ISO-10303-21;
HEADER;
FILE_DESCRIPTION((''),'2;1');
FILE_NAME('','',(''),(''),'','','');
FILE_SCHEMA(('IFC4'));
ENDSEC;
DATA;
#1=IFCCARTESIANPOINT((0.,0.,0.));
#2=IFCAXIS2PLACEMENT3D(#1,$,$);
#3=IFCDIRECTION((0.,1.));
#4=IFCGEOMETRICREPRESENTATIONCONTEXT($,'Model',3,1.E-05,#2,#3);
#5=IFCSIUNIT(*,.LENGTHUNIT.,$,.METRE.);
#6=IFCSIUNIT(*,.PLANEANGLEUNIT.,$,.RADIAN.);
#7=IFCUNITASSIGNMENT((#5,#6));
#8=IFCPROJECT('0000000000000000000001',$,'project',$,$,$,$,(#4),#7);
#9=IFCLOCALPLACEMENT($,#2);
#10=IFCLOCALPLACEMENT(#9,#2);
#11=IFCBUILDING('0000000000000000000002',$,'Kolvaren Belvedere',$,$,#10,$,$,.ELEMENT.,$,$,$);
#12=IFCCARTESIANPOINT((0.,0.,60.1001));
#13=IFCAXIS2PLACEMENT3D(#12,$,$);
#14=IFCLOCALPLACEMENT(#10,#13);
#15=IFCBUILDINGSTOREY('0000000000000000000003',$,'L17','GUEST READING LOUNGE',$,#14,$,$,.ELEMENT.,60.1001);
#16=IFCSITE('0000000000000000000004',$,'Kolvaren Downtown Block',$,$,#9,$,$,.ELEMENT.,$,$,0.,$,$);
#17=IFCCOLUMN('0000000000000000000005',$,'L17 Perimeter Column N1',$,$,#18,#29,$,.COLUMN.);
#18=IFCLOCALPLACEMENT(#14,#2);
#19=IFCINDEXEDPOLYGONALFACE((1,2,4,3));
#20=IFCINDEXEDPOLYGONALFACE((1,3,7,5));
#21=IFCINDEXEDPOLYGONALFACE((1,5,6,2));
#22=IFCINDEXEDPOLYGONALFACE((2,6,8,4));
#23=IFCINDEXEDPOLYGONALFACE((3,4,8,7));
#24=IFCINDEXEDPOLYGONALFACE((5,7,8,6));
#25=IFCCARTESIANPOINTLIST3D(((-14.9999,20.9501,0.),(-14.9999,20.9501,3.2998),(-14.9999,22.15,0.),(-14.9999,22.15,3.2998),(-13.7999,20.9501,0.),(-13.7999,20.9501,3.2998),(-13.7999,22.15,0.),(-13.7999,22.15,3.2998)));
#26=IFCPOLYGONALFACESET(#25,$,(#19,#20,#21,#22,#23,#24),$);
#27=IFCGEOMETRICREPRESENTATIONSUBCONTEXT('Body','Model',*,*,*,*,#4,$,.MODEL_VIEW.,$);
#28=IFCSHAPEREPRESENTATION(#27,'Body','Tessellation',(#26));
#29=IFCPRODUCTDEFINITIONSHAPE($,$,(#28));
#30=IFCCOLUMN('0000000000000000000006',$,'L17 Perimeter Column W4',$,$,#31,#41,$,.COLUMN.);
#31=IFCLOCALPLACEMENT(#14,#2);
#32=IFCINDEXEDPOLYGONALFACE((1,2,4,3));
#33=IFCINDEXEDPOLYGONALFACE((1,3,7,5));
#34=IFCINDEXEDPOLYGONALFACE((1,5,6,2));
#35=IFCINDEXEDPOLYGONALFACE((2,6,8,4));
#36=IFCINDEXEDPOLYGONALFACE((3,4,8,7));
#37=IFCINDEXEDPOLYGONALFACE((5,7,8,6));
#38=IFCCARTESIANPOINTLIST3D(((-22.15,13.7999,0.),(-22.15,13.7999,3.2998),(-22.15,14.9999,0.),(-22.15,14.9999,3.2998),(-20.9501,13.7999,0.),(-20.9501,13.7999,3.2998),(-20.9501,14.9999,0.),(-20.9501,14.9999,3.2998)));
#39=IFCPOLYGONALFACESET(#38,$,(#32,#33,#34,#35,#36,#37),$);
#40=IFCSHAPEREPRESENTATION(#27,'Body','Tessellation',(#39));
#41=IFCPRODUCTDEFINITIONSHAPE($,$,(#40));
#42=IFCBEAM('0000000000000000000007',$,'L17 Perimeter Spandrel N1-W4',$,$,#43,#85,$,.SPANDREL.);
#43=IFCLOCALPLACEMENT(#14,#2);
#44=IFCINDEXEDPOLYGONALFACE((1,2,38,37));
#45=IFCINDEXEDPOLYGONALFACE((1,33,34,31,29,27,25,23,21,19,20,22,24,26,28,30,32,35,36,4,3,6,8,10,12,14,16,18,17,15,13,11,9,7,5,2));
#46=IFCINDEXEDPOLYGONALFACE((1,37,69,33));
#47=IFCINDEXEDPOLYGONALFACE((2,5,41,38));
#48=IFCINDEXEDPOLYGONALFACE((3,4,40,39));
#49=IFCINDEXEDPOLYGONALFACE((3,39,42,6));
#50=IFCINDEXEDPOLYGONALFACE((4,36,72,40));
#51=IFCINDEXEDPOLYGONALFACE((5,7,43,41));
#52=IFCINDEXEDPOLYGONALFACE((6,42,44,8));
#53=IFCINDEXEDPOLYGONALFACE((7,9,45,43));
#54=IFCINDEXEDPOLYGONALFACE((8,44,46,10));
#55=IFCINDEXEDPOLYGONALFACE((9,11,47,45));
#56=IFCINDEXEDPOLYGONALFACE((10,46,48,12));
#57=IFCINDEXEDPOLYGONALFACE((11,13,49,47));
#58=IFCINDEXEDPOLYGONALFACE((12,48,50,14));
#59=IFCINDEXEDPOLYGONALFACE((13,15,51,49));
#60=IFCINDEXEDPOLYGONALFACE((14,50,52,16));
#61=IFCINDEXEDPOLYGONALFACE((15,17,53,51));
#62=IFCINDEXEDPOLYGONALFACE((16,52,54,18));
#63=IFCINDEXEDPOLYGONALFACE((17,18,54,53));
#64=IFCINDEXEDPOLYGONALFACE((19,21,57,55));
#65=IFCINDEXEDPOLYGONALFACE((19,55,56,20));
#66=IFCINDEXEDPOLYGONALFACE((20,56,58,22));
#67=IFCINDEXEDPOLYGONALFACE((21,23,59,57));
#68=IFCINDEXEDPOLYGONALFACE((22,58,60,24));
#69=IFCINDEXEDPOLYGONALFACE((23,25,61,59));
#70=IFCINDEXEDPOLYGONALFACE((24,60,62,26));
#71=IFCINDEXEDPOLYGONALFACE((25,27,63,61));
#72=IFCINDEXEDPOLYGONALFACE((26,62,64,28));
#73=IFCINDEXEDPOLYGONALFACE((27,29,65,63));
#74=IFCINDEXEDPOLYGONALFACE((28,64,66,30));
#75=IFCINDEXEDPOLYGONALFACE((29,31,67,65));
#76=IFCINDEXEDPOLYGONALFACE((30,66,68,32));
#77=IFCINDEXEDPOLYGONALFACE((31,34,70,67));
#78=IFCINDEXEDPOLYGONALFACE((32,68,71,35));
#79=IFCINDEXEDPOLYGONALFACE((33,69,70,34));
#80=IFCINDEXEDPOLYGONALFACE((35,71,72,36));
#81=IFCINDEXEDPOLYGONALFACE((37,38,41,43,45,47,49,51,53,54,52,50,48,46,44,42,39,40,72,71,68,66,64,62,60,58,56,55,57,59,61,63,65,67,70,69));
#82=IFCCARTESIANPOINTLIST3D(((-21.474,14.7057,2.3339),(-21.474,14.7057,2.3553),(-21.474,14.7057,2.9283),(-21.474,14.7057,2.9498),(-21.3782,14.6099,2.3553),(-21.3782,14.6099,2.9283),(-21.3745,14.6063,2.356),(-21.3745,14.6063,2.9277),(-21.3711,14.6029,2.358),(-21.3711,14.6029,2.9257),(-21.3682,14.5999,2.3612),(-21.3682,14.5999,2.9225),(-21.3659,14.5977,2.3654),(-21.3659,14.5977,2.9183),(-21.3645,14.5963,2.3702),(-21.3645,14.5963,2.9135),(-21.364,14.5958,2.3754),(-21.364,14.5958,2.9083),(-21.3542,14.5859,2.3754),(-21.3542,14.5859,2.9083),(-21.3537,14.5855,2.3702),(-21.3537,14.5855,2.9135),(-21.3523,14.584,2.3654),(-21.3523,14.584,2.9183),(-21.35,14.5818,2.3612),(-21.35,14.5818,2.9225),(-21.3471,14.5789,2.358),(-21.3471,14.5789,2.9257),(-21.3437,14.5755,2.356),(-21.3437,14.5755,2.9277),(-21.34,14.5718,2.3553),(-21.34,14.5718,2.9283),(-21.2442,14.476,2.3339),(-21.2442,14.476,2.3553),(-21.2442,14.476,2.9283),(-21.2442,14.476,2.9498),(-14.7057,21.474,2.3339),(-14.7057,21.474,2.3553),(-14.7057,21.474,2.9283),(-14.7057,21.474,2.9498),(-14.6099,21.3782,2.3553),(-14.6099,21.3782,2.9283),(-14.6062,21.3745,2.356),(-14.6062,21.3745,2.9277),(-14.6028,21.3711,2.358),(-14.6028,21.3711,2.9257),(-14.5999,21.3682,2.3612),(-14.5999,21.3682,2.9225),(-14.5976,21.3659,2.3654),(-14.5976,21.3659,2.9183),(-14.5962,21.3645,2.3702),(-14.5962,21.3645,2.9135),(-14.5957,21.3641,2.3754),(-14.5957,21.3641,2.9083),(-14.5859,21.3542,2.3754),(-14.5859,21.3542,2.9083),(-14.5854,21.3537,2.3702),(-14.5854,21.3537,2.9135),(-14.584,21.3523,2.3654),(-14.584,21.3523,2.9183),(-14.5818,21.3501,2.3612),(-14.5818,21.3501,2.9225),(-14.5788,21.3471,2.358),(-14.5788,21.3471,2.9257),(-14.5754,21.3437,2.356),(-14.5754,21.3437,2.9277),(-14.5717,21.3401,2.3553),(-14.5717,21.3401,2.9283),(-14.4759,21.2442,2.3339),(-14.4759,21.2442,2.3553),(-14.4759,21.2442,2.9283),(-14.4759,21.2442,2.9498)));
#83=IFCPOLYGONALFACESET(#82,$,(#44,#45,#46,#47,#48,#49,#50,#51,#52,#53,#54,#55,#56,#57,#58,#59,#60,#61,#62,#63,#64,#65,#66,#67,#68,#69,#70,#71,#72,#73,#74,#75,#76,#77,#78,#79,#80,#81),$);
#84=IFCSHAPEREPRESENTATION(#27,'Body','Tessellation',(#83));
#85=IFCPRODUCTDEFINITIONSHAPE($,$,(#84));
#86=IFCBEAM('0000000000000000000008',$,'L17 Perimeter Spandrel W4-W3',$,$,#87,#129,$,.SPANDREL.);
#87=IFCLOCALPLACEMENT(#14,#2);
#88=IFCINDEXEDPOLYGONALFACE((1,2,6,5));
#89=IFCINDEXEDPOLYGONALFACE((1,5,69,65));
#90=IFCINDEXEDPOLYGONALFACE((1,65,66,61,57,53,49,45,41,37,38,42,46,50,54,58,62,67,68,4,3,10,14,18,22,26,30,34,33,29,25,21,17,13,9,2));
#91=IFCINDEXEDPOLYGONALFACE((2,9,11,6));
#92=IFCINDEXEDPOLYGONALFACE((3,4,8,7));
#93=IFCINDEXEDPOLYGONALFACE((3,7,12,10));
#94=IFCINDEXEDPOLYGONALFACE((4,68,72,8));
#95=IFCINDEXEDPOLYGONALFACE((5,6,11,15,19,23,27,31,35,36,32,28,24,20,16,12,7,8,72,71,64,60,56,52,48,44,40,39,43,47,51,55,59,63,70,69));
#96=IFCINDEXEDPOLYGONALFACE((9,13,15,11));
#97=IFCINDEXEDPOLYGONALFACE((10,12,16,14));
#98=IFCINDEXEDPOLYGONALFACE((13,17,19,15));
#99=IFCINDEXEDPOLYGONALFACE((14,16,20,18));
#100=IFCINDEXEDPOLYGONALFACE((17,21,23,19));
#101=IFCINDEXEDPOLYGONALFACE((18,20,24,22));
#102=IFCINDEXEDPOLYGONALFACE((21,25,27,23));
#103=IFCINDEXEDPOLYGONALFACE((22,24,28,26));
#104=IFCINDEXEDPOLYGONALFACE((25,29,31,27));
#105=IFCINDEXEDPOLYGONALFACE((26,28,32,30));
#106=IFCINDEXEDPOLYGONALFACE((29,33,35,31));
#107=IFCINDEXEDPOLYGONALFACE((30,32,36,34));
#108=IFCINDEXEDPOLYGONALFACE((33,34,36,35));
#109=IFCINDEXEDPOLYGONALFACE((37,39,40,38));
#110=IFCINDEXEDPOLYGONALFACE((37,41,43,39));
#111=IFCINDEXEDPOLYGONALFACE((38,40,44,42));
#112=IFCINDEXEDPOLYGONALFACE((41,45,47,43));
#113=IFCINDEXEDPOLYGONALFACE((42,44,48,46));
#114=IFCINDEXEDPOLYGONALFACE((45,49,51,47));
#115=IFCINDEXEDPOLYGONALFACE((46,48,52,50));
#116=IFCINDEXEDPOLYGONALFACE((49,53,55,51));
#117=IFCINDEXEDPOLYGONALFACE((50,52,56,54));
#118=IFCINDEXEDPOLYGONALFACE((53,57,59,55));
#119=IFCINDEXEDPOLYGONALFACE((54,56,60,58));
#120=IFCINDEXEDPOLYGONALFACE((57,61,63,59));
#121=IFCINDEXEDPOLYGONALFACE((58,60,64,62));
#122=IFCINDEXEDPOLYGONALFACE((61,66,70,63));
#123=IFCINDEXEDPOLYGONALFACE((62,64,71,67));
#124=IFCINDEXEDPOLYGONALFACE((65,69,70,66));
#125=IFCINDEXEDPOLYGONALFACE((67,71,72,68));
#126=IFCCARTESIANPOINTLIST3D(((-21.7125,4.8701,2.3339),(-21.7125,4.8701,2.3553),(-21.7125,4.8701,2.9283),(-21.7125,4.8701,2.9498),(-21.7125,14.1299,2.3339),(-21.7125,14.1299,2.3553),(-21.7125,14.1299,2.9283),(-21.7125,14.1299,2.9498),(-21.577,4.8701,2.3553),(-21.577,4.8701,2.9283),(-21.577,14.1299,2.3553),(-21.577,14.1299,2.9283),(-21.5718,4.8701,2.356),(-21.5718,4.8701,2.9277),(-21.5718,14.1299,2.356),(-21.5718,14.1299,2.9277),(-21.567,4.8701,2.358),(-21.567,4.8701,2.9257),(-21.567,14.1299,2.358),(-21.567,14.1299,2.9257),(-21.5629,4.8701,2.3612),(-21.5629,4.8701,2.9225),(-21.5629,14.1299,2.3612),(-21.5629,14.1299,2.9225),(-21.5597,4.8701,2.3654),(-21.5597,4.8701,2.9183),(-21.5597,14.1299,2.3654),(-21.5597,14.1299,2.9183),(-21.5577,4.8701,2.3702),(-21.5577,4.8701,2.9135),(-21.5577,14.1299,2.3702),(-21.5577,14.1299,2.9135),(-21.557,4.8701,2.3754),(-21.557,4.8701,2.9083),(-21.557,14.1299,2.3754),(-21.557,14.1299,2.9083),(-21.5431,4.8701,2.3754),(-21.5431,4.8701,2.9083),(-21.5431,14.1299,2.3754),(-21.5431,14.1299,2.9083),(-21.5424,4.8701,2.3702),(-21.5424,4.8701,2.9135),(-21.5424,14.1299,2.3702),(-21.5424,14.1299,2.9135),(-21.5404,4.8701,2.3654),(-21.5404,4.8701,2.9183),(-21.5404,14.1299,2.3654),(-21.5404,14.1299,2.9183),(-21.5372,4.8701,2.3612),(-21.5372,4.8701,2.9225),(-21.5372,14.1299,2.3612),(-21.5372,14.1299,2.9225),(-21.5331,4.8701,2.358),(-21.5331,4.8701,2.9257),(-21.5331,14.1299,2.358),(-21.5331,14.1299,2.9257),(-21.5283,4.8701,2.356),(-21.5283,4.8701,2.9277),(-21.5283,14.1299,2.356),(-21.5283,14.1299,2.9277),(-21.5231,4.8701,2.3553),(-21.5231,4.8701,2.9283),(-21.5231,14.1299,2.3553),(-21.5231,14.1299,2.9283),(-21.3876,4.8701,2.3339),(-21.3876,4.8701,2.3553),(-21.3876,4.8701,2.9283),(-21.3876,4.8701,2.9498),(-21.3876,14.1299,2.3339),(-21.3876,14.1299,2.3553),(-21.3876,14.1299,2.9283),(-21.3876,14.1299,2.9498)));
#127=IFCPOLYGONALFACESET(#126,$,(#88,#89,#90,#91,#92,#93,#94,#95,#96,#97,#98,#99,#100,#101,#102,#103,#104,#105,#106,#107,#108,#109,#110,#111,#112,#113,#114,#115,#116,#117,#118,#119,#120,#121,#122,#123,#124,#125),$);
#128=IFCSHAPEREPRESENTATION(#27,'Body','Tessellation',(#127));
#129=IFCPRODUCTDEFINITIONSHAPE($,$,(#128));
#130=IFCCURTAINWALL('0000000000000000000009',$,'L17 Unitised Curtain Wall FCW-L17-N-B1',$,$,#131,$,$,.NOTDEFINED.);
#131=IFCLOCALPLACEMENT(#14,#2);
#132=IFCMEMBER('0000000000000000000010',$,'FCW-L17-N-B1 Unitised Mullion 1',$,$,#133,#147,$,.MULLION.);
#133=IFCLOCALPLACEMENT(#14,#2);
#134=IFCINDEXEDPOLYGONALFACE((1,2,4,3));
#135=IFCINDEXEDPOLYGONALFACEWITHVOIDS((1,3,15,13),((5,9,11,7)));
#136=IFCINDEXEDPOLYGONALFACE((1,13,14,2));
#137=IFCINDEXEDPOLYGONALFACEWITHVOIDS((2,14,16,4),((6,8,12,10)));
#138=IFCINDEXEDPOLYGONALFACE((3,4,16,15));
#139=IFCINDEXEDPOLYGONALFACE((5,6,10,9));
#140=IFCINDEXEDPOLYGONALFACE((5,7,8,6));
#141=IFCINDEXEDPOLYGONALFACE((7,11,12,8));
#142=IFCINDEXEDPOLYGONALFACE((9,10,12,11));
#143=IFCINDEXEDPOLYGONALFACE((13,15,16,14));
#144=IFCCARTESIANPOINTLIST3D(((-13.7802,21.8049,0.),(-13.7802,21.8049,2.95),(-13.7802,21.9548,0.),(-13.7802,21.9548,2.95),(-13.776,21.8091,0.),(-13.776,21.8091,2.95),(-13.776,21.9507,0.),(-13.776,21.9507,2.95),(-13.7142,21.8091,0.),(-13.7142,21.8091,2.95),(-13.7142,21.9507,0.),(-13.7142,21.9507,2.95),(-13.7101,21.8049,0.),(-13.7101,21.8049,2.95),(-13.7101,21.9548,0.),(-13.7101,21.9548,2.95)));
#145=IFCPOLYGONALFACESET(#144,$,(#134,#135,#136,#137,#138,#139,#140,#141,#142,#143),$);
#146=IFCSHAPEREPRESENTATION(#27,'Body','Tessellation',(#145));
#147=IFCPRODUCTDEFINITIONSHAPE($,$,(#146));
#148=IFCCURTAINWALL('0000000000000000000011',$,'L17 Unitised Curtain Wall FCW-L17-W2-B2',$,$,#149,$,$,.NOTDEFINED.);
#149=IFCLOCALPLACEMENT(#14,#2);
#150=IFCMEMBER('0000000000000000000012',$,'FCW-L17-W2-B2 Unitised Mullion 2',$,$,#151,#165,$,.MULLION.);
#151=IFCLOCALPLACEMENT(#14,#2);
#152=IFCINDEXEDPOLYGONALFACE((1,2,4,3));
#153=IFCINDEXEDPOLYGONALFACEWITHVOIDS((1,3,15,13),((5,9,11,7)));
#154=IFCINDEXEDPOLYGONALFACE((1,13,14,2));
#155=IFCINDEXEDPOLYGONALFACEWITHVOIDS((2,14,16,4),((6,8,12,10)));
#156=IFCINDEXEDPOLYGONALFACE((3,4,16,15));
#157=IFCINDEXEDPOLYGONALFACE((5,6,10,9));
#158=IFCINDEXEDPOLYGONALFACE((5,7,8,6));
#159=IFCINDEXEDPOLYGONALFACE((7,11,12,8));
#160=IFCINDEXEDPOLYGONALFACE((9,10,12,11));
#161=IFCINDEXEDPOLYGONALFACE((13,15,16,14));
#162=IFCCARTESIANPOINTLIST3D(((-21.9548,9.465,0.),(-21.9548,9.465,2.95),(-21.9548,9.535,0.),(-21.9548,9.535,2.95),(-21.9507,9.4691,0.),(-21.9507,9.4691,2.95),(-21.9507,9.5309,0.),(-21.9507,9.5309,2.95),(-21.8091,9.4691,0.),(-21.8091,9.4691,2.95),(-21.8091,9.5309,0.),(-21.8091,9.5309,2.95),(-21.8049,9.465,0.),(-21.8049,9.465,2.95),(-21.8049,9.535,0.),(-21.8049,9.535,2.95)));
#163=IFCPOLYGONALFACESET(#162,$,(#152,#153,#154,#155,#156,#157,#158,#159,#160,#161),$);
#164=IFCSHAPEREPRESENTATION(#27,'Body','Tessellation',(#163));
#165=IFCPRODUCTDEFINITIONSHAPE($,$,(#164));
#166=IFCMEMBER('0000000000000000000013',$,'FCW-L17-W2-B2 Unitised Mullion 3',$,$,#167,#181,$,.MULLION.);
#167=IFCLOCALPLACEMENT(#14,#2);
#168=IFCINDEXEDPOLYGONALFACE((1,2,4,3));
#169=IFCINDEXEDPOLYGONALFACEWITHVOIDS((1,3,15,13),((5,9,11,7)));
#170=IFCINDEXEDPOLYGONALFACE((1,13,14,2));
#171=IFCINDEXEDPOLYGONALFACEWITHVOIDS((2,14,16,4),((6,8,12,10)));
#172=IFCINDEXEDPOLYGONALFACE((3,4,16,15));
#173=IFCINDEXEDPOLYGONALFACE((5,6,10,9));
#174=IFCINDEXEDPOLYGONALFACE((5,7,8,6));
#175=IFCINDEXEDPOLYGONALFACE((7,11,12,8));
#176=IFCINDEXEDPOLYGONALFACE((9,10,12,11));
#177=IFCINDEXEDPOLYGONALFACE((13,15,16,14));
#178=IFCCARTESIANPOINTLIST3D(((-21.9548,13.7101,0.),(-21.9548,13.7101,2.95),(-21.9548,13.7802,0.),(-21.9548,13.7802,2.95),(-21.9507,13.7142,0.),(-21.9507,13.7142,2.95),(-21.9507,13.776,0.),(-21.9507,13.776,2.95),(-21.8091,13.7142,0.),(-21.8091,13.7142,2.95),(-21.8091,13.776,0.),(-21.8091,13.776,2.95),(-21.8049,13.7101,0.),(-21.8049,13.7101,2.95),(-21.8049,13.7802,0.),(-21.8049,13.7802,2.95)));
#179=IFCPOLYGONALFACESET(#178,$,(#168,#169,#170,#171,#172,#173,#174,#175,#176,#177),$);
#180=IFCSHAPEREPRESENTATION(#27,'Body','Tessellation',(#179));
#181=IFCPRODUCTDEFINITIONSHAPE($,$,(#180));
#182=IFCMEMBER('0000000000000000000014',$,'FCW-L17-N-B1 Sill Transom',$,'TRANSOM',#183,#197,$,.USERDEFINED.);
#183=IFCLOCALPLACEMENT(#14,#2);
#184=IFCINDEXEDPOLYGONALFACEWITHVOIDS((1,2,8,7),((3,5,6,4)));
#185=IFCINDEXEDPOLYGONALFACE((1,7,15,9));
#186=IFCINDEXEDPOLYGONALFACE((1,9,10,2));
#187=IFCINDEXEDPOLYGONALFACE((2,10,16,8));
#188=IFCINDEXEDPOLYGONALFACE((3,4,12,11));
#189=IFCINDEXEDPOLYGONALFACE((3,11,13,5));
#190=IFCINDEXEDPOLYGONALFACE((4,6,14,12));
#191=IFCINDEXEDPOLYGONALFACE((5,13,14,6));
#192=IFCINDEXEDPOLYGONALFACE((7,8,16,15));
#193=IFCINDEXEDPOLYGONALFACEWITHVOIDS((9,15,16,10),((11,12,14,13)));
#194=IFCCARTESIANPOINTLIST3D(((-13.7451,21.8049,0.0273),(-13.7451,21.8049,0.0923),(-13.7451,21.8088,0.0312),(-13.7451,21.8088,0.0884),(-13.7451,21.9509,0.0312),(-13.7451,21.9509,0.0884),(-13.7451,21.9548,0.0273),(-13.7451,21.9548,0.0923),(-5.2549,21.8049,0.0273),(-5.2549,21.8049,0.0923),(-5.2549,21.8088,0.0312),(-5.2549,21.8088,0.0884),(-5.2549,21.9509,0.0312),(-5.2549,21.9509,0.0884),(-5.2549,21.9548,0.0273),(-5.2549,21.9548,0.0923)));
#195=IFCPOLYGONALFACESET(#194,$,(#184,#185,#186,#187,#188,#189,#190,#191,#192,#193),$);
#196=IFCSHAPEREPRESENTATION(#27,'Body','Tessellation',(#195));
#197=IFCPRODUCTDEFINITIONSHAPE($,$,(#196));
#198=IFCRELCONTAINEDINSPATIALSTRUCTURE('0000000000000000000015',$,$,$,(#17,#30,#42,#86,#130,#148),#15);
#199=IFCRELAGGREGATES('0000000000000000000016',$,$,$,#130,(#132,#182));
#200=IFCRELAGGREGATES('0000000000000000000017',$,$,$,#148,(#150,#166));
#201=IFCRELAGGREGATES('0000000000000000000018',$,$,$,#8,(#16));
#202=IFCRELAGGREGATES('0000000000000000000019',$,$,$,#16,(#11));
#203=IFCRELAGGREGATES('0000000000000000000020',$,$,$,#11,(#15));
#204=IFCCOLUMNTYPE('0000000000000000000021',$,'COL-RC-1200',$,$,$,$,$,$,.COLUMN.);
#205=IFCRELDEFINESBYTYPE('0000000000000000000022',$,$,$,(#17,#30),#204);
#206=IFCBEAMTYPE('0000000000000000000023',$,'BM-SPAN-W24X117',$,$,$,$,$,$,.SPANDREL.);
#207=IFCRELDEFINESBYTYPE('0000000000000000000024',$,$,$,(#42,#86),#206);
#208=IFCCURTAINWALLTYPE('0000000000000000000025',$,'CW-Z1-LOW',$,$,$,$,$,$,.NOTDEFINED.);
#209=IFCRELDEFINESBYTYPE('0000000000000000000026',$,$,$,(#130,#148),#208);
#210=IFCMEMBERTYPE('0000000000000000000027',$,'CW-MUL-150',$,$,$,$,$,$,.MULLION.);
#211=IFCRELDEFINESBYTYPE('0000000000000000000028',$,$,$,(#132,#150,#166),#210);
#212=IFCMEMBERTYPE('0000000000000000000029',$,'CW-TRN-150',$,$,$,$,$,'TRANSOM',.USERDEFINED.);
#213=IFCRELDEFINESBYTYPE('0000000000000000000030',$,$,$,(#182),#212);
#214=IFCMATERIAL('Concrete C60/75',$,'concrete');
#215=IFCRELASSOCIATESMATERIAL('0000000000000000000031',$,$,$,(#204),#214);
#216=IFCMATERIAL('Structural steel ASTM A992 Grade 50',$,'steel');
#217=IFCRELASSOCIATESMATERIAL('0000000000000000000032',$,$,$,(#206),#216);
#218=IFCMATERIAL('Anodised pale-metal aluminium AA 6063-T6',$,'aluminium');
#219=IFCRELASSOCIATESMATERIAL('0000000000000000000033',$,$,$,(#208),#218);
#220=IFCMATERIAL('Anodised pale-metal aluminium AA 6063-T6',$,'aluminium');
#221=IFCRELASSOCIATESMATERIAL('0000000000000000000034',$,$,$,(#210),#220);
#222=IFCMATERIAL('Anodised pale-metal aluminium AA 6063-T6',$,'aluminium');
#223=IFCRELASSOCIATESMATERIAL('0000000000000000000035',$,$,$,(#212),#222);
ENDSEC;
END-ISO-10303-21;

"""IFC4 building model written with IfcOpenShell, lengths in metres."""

from ifc_helpers import new_model, si_unit, direction, frame, origin, origin_2d, place, context, subcontext, project, spatial, rectangle, hollow_rectangle, i_section, extrude, material, material_profile, profile_set, type_object, element, aggregate, save


model = new_model("IFC4")

# Units and contexts
model_context = context("Model", 3, precision=1e-05, world=origin(), true_north=direction((0.0, 1.0)))
body_context = subcontext(model_context, "Body", "Model", "MODEL_VIEW")
ifc_project = project(units=[si_unit("LENGTHUNIT", "METRE"), si_unit("PLANEANGLEUNIT", "RADIAN")], contexts=[model_context])

# Site, building, storey
site_placement = place(None, origin())
site = spatial("IfcSite", under=ifc_project, at=site_placement, Name="Kolvaren Downtown Block", CompositionType="ELEMENT", RefElevation=0.0)
building_placement = place(site_placement, origin())
building = spatial("IfcBuilding", under=site, at=building_placement, Name="Kolvaren Belvedere", CompositionType="ELEMENT")
storey_placement = place(building_placement, frame((0.0, 0.0, 60.1001)))
storey = spatial("IfcBuildingStorey", under=building, at=storey_placement, Name="L17", Description="GUEST READING LOUNGE", CompositionType="ELEMENT", Elevation=60.1001)

# Columns
ifc_material_1 = material(Name="Concrete C60/75", Category="concrete")
ifc_material_profile_1 = material_profile(ifc_material_1, rectangle(XDim=1.2, YDim=1.2, at=origin_2d()), Name="RC 1200X1200")
ifc_profile_set_1 = profile_set([ifc_material_profile_1], Name="Concrete C60/75")
column_type = type_object("IfcColumnType", Name="COL-RC-1200", PredefinedType="COLUMN", material=ifc_profile_set_1)
for number, where, z_axis, x_axis, name in (
    (1, (-14.3999, 21.55, 0.0), (0.0, 0.0, 1.0), (1.0, 0.0, 0.0), "L17 Perimeter Column N1"),
    (2, (-21.55, 14.3999, 0.0), (0.0, 0.0, 1.0), (1.0, 0.0, 0.0), "L17 Perimeter Column W4"),
):
    element("IfcColumn", number, at=place(storey_placement, frame(where, z_axis=z_axis, x_axis=x_axis)), inside=storey, type_object=column_type, Name=name, PredefinedType="COLUMN", context=body_context, shape_type="SweptSolid", body=[
        extrude(rectangle(XDim=1.2, YDim=1.2, at=origin_2d()), origin(), (0.0, 0.0, 1.0), 3.2998),
    ])

# Beams
ifc_material_2 = material(Name="Structural steel ASTM A992 Grade 50", Category="steel")
ifc_material_profile_2 = material_profile(ifc_material_2, i_section(OverallWidth=0.325, OverallDepth=0.616, WebThickness=0.0139, FlangeThickness=0.0215, FilletRadius=0.02, at=origin_2d()), Name="W24X117")
ifc_profile_set_2 = profile_set([ifc_material_profile_2], Name="Structural steel ASTM A992 Grade 50")
beam_type = type_object("IfcBeamType", Name="BM-SPAN-W24X117", PredefinedType="SPANDREL", material=ifc_profile_set_2)
beam_1_placement = place(storey_placement, frame((-14.5908, 21.3591, 2.6418), z_axis=(-0.707107, -0.707107, 0.0), x_axis=(0.707107, -0.707107, 0.0)))
element("IfcBeam", 3, at=beam_1_placement, inside=storey, type_object=beam_type, Name="L17 Perimeter Spandrel N1-W4", PredefinedType="SPANDREL", context=body_context, shape_type="SweptSolid", body=[
    extrude(i_section(OverallWidth=0.325, OverallDepth=0.616, WebThickness=0.0139, FlangeThickness=0.0215, FilletRadius=0.02, at=origin_2d()), origin(), (0.0, 0.0, 1.0), 9.5718),
])
beam_2_placement = place(storey_placement, frame((-21.55, 14.1299, 2.6418), z_axis=(0.0, -1.0, 0.0), x_axis=(1.0, 0.0, 0.0)))
element("IfcBeam", 4, at=beam_2_placement, inside=storey, type_object=beam_type, Name="L17 Perimeter Spandrel W4-W3", PredefinedType="SPANDREL", context=body_context, shape_type="SweptSolid", body=[
    extrude(i_section(OverallWidth=0.325, OverallDepth=0.616, WebThickness=0.0139, FlangeThickness=0.0215, FilletRadius=0.02, at=origin_2d()), origin(), (0.0, 0.0, 1.0), 9.2598),
])

# Curtain wall, member
ifc_material_3 = material(Name="Anodised pale-metal aluminium AA 6063-T6", Category="aluminium")
curtain_wall_type = type_object("IfcCurtainWallType", Name="CW-Z1-LOW", PredefinedType="NOTDEFINED", material=ifc_material_3)
curtain_wall_1_placement = place(storey_placement, origin())
curtain_wall_1 = element("IfcCurtainWall", 5, at=curtain_wall_1_placement, inside=storey, type_object=curtain_wall_type, Name="L17 Unitised Curtain Wall FCW-L17-N-B1", PredefinedType="NOTDEFINED")
ifc_material_4 = material(Name="Anodised pale-metal aluminium AA 6063-T6", Category="aluminium")
ifc_material_profile_3 = material_profile(ifc_material_4, hollow_rectangle(XDim=0.0701, YDim=0.1499, WallThickness=0.0042, at=origin_2d()), Name="ALU-MUL-150X70")
ifc_profile_set_3 = profile_set([ifc_material_profile_3], Name="Anodised pale-metal aluminium AA 6063-T6")
member_type_1 = type_object("IfcMemberType", Name="CW-MUL-150", PredefinedType="MULLION", material=ifc_profile_set_3)
member_1_placement = place(storey_placement, frame((-13.7451, 21.8799, 0.0), z_axis=(0.0, 0.0, 1.0), x_axis=(1.0, 0.0, 0.0)))
member_1 = element("IfcMember", 6, at=member_1_placement, type_object=member_type_1, Name="FCW-L17-N-B1 Unitised Mullion 1", PredefinedType="MULLION", context=body_context, shape_type="SweptSolid", body=[
    extrude(hollow_rectangle(XDim=0.0701, YDim=0.1499, WallThickness=0.0042, at=origin_2d()), origin(), (0.0, 0.0, 1.0), 2.95),
])

# Curtain wall, members
curtain_wall_2_placement = place(storey_placement, origin())
curtain_wall_2 = element("IfcCurtainWall", 7, at=curtain_wall_2_placement, inside=storey, type_object=curtain_wall_type, Name="L17 Unitised Curtain Wall FCW-L17-W2-B2", PredefinedType="NOTDEFINED")
member_2_placement = place(storey_placement, frame((-21.8799, 9.5, 0.0), z_axis=(0.0, 0.0, 1.0), x_axis=(0.0, 1.0, 0.0)))
member_2 = element("IfcMember", 8, at=member_2_placement, type_object=member_type_1, Name="FCW-L17-W2-B2 Unitised Mullion 2", PredefinedType="MULLION", context=body_context, shape_type="SweptSolid", body=[
    extrude(hollow_rectangle(XDim=0.0701, YDim=0.1499, WallThickness=0.0042, at=origin_2d()), origin(), (0.0, 0.0, 1.0), 2.95),
])
member_3_placement = place(storey_placement, frame((-21.8799, 13.7451, 0.0), z_axis=(0.0, 0.0, 1.0), x_axis=(0.0, 1.0, 0.0)))
member_3 = element("IfcMember", 9, at=member_3_placement, type_object=member_type_1, Name="FCW-L17-W2-B2 Unitised Mullion 3", PredefinedType="MULLION", context=body_context, shape_type="SweptSolid", body=[
    extrude(hollow_rectangle(XDim=0.0701, YDim=0.1499, WallThickness=0.0042, at=origin_2d()), origin(), (0.0, 0.0, 1.0), 2.95),
])

# Member
ifc_material_5 = material(Name="Anodised pale-metal aluminium AA 6063-T6", Category="aluminium")
ifc_material_profile_4 = material_profile(ifc_material_5, hollow_rectangle(XDim=0.0649, YDim=0.1499, WallThickness=0.0039, at=origin_2d()), Name="ALU-TRN-150X65")
ifc_profile_set_4 = profile_set([ifc_material_profile_4], Name="Anodised pale-metal aluminium AA 6063-T6")
member_type_2 = type_object("IfcMemberType", Name="CW-TRN-150", ElementType="TRANSOM", PredefinedType="USERDEFINED", material=ifc_profile_set_4)
member_4_placement = place(storey_placement, frame((-13.7451, 21.8799, 0.0598), z_axis=(1.0, 0.0, 0.0), x_axis=(0.0, 0.0, 1.0)))
member_4 = element("IfcMember", 10, at=member_4_placement, type_object=member_type_2, Name="FCW-L17-N-B1 Sill Transom", ObjectType="TRANSOM", PredefinedType="USERDEFINED", context=body_context, shape_type="SweptSolid", body=[
    extrude(hollow_rectangle(XDim=0.0649, YDim=0.1499, WallThickness=0.0039, at=origin_2d()), origin(), (0.0, 0.0, 1.0), 8.4902),
])
aggregate(curtain_wall_1, [member_1, member_4])

aggregate(curtain_wall_2, [member_2, member_3])

save(model, "model.ifc")
